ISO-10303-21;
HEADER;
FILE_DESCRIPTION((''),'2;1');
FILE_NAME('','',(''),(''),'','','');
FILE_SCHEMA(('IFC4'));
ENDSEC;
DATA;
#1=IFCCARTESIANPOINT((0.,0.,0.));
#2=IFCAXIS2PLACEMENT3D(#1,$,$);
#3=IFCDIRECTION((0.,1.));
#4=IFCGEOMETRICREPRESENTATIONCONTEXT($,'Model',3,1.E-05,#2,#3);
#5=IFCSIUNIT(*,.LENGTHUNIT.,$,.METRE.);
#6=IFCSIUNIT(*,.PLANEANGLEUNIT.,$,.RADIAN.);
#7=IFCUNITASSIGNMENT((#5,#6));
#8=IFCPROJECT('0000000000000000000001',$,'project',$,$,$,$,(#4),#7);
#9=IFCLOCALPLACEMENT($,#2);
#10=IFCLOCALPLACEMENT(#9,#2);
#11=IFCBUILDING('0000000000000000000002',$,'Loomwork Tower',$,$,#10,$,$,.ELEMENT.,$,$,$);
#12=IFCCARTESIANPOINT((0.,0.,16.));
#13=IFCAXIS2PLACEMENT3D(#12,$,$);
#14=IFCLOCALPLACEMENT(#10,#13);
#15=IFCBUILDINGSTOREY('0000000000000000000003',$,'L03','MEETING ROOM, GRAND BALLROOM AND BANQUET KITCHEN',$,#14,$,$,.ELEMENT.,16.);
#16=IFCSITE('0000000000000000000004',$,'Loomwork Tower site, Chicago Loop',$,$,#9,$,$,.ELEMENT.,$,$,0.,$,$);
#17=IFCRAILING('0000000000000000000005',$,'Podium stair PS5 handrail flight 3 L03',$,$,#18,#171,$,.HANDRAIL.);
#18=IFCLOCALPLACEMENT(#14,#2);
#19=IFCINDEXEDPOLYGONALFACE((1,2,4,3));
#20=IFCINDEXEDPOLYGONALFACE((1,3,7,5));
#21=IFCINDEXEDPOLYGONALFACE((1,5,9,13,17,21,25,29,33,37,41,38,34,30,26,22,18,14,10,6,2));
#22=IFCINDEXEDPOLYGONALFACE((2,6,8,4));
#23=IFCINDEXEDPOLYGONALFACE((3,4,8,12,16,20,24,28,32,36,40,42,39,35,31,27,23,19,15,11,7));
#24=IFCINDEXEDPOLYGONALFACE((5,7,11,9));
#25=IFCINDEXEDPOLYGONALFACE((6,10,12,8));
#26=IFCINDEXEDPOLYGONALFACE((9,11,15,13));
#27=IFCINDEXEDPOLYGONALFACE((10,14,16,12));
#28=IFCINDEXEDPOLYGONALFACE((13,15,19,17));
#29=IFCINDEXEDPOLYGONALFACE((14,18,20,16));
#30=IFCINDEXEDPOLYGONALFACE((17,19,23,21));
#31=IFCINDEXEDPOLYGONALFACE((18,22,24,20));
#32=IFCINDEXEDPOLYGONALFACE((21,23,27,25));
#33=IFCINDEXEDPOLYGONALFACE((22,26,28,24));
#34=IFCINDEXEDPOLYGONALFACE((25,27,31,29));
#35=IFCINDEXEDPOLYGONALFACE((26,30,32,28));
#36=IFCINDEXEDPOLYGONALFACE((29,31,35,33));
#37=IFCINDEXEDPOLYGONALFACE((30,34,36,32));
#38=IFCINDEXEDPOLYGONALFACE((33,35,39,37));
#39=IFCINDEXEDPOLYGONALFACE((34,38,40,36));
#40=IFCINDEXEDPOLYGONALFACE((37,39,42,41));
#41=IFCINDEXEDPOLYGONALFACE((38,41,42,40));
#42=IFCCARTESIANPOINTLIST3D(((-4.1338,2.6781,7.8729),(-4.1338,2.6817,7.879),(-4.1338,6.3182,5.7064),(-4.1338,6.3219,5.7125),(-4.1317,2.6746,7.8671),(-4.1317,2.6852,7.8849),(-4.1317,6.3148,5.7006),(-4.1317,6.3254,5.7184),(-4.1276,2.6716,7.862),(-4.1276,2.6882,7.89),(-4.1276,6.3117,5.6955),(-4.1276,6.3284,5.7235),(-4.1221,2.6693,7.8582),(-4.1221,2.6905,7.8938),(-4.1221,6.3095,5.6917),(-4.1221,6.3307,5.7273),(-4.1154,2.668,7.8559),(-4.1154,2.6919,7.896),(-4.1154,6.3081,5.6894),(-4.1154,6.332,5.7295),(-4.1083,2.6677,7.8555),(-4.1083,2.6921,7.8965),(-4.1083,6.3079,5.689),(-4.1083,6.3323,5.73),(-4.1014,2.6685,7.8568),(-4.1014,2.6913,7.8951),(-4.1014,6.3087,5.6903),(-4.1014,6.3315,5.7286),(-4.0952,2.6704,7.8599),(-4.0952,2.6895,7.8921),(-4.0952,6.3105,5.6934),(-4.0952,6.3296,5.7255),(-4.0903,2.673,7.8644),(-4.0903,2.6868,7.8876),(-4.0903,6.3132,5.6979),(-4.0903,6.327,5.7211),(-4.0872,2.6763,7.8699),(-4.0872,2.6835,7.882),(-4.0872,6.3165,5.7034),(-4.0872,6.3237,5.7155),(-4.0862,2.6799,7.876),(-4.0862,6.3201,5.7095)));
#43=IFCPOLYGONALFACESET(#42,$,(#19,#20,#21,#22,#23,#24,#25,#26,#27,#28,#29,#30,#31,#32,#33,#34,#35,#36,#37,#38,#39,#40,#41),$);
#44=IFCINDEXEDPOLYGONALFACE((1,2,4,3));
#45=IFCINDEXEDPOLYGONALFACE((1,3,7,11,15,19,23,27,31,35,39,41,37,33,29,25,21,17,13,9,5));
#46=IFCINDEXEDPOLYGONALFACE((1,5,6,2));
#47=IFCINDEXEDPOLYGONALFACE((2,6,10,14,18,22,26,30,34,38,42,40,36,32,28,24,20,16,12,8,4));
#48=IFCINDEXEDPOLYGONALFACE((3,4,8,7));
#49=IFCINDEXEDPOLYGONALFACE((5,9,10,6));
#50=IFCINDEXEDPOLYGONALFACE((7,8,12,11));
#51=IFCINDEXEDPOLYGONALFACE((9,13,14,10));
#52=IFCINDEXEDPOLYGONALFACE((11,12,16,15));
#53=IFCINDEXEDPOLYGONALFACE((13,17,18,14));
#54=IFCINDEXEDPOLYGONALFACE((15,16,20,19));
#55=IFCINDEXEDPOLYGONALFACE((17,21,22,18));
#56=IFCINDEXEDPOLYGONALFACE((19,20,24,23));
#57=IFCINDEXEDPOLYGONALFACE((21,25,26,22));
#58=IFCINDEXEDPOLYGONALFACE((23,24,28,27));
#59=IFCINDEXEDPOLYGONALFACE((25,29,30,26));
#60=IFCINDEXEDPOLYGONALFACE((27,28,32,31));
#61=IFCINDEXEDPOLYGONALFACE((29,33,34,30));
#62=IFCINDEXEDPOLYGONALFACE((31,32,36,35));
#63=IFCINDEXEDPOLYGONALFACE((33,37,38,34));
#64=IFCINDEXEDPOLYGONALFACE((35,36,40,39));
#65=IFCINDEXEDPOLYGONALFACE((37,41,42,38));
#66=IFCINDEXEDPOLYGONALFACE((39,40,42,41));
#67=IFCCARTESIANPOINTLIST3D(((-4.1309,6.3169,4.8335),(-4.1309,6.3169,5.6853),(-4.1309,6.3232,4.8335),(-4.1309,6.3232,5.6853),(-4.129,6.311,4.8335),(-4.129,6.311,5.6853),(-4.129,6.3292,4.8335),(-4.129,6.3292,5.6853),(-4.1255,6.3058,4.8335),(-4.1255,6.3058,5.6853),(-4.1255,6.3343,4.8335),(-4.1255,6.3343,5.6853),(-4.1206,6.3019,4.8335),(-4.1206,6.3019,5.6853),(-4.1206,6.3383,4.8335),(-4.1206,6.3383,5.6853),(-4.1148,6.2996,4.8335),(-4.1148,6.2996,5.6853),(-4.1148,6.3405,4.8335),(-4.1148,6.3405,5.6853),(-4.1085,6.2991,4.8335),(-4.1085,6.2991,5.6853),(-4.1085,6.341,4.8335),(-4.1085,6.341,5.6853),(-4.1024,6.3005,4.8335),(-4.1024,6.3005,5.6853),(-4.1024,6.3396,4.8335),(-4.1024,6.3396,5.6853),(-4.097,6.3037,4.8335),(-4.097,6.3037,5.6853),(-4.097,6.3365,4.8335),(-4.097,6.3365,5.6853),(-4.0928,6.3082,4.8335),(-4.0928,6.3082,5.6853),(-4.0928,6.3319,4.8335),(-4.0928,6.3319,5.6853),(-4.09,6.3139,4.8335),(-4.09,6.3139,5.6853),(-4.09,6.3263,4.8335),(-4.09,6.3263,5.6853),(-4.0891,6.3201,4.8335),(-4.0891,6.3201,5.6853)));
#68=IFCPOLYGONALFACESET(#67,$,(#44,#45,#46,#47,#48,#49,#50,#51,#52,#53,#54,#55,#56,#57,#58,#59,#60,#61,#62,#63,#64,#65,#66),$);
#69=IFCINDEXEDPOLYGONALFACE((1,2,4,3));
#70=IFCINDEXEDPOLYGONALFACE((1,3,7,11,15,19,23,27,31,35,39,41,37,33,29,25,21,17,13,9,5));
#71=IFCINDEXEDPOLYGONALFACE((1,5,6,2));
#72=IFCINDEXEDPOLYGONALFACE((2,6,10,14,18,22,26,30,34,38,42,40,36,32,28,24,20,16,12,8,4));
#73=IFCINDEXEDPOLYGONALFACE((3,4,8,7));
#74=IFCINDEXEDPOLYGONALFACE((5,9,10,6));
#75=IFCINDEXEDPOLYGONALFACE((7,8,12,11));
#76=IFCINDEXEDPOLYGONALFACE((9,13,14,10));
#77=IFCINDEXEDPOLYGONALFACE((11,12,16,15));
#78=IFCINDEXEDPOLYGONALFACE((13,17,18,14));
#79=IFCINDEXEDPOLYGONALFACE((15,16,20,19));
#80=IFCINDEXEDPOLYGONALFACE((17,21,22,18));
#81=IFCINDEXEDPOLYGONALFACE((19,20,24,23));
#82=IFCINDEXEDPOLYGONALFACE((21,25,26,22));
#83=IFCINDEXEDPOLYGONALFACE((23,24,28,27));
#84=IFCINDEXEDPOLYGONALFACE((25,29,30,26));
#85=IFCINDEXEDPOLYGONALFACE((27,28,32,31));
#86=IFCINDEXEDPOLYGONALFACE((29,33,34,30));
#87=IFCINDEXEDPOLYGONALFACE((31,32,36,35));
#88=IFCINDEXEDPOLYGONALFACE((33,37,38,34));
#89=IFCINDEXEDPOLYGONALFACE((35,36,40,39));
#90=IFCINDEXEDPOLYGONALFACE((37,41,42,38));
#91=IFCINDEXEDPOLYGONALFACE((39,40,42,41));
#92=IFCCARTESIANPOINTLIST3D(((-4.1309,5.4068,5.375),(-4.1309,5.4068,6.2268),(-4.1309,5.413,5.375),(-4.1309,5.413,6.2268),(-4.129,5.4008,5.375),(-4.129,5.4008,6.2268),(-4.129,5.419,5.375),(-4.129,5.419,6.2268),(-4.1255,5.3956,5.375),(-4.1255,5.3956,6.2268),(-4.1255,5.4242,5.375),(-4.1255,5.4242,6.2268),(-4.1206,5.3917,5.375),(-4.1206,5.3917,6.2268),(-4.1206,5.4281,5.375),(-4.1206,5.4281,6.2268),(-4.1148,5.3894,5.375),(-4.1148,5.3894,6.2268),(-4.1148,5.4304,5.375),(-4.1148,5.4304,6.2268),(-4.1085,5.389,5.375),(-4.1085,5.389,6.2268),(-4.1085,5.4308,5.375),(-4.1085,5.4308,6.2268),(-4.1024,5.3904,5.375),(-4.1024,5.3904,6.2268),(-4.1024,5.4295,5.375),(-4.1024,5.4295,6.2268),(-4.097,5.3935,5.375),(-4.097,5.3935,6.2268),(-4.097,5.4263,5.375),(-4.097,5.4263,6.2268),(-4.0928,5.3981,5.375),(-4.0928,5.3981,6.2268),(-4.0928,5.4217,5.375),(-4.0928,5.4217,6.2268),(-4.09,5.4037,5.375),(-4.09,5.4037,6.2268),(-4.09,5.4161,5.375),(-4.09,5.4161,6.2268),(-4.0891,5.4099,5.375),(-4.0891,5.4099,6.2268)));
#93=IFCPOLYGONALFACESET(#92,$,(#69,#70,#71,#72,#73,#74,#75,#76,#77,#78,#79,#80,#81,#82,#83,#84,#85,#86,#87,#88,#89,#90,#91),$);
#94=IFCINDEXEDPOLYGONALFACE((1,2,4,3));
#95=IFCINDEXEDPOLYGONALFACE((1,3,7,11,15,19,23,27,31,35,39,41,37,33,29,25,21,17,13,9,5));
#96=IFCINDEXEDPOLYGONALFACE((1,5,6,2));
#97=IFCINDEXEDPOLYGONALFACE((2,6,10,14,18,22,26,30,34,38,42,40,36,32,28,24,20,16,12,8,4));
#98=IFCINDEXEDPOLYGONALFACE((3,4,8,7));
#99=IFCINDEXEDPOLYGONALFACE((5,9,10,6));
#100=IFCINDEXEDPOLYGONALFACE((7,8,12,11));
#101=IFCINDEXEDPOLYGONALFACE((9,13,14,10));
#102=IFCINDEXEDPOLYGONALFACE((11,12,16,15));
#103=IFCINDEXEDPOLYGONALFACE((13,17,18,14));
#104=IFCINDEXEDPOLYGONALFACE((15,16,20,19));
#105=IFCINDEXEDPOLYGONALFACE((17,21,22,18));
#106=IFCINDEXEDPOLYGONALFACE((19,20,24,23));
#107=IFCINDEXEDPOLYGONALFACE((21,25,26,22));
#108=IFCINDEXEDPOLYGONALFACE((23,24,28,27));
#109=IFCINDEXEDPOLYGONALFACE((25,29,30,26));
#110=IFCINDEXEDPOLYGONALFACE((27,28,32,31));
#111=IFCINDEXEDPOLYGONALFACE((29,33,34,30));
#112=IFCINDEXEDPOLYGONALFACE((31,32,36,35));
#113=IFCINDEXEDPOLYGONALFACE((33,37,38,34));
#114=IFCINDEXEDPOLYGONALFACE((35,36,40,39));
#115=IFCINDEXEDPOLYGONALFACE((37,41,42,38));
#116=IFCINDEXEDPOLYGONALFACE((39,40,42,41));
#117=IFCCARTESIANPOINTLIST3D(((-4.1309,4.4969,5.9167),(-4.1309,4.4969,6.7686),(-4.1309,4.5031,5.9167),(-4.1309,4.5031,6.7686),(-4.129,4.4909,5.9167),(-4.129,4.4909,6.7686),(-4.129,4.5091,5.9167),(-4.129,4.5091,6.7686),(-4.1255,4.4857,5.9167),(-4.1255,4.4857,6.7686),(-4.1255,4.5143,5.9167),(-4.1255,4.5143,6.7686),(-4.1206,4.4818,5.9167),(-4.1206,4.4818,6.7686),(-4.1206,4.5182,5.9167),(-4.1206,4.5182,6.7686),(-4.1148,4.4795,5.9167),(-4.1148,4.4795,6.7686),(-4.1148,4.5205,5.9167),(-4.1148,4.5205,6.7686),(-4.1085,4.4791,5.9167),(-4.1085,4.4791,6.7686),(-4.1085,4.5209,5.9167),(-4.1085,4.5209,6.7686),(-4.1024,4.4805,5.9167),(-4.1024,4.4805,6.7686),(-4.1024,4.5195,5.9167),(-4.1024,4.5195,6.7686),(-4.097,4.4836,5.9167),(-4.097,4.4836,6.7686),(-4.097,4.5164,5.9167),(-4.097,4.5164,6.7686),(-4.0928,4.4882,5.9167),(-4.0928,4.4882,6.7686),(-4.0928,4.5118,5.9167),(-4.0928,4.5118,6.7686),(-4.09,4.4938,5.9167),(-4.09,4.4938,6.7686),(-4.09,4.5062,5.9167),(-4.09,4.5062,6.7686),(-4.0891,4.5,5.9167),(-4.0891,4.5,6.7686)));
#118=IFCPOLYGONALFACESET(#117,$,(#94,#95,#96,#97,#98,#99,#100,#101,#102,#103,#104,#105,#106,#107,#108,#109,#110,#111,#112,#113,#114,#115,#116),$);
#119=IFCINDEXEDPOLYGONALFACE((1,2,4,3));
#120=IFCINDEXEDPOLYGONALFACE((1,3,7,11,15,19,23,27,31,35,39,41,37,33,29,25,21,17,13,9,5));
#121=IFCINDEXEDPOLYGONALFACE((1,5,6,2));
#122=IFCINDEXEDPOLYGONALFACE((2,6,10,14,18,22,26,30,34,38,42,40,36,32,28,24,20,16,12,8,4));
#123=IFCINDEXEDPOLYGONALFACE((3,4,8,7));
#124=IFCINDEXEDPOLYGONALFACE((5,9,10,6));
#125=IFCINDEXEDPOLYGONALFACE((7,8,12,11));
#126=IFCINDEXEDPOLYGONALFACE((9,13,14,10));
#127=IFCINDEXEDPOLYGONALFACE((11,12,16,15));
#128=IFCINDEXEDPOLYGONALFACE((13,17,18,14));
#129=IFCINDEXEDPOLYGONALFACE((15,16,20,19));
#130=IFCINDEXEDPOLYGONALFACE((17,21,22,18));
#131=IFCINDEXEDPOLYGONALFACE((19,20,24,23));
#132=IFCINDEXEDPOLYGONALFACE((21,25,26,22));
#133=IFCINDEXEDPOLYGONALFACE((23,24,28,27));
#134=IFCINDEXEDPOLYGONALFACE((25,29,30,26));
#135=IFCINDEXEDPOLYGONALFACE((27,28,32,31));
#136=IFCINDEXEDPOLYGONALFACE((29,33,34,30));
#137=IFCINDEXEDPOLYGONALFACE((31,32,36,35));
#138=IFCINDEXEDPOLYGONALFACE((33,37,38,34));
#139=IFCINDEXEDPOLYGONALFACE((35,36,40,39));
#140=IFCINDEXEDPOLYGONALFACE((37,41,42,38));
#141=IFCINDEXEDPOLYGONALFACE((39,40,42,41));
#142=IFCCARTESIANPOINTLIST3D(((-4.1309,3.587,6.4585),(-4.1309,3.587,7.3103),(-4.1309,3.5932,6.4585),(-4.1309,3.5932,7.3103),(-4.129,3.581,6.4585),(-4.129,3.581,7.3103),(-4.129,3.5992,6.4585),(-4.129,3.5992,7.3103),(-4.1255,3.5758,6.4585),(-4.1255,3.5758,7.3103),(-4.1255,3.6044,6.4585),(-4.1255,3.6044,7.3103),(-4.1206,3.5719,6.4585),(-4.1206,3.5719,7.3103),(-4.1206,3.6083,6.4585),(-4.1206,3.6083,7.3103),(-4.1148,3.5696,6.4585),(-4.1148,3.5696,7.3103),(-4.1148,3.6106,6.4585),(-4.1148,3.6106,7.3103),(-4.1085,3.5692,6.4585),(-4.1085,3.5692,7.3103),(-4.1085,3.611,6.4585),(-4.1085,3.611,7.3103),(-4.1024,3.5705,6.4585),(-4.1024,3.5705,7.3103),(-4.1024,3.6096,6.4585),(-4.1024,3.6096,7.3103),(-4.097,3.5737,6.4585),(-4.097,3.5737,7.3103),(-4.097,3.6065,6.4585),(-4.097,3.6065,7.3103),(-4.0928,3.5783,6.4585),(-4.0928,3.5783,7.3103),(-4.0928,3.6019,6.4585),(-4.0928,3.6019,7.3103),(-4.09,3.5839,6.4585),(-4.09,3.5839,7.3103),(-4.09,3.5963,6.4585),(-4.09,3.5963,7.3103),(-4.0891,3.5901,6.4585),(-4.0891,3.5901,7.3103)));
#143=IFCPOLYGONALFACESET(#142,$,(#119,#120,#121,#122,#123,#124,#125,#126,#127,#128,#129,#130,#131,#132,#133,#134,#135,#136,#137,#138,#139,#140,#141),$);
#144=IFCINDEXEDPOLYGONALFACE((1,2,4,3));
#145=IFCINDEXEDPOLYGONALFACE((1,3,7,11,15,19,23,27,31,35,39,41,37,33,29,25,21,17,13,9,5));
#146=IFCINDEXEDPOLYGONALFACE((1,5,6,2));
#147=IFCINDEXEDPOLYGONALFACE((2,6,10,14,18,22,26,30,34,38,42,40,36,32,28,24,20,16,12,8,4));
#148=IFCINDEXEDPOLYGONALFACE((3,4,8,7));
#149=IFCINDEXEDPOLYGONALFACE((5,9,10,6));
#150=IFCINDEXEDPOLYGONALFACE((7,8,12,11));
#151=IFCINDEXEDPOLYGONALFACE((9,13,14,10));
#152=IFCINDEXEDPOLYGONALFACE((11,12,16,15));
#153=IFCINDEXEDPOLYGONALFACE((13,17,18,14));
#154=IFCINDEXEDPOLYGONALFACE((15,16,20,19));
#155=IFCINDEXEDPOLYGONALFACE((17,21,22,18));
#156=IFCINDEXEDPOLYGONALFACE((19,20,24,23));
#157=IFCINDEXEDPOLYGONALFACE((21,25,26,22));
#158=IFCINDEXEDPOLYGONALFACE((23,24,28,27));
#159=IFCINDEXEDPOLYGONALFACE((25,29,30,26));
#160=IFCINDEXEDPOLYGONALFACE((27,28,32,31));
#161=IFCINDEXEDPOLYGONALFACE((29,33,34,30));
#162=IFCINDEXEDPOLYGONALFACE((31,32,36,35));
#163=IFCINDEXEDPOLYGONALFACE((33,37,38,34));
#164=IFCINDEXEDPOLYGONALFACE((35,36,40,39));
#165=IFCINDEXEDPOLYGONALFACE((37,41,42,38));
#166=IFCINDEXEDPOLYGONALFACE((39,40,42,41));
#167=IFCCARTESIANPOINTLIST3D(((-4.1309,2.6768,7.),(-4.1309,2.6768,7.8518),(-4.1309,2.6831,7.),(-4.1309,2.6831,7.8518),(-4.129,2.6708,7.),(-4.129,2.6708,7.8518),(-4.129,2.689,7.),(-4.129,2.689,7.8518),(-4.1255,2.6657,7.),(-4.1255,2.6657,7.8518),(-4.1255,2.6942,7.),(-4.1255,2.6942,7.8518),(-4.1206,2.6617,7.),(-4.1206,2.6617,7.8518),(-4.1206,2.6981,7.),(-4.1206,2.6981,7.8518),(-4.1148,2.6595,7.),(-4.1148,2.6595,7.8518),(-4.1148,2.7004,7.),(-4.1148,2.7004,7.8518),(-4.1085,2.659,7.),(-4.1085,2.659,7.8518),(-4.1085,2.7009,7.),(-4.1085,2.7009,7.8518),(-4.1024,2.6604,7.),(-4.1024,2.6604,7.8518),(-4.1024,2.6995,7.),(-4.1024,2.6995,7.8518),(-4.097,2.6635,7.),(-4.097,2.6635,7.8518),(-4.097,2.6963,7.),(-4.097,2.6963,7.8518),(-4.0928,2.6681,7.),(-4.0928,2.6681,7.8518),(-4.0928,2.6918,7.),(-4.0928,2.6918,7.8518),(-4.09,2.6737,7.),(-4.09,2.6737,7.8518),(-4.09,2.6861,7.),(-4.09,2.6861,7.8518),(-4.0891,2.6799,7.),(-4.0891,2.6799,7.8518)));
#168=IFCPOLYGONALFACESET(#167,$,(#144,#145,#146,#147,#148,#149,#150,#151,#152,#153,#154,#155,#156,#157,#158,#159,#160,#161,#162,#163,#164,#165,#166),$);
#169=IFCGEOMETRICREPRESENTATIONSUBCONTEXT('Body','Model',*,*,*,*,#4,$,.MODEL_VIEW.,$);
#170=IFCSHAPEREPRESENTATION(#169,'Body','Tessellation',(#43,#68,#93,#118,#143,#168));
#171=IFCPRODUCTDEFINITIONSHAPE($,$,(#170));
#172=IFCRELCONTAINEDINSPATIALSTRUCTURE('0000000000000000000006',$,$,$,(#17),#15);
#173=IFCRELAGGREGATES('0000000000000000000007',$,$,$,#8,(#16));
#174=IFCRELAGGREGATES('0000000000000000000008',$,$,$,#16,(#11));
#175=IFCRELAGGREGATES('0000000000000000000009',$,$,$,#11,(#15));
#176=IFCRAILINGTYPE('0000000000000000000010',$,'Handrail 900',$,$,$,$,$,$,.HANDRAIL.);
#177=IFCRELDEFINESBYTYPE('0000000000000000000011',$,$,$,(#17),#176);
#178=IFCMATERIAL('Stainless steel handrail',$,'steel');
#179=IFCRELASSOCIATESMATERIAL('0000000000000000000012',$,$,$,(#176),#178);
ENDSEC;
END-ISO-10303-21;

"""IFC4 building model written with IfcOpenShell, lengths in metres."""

from ifc_helpers import new_model, si_unit, direction, frame, origin, origin_2d, place, context, subcontext, project, spatial, circle, extrude, material, type_object, element, save


model = new_model("IFC4")

# Units and contexts
model_context = context("Model", 3, precision=1e-05, world=origin(), true_north=direction((0.0, 1.0)))
body_context = subcontext(model_context, "Body", "Model", "MODEL_VIEW")
ifc_project = project(units=[si_unit("LENGTHUNIT", "METRE"), si_unit("PLANEANGLEUNIT", "RADIAN")], contexts=[model_context])

# Site, building, storey
site_placement = place(None, origin())
site = spatial("IfcSite", under=ifc_project, at=site_placement, Name="Loomwork Tower site, Chicago Loop", CompositionType="ELEMENT", RefElevation=0.0)
building_placement = place(site_placement, origin())
building = spatial("IfcBuilding", under=site, at=building_placement, Name="Loomwork Tower", CompositionType="ELEMENT")
storey_placement = place(building_placement, frame((0.0, 0.0, 16.0)))
storey = spatial("IfcBuildingStorey", under=building, at=storey_placement, Name="L03", Description="MEETING ROOM, GRAND BALLROOM AND BANQUET KITCHEN", CompositionType="ELEMENT", Elevation=16.0)

# Railing
ifc_material_1 = material(Name="Stainless steel handrail", Category="steel")
railing_type = type_object("IfcRailingType", Name="Handrail 900", PredefinedType="HANDRAIL", material=ifc_material_1)
railing_placement = place(storey_placement, frame((-4.1101, 6.3201, 4.8335)))
element("IfcRailing", 1, at=railing_placement, inside=storey, type_object=railing_type, Name="Podium stair PS5 handrail flight 3 L03", PredefinedType="HANDRAIL", context=body_context, shape_type="SweptSolid", body=[
    extrude(circle(Radius=0.0239, at=origin_2d()), frame((0.0, 0.0, 0.876), z_axis=(0.0, -0.859318, 0.511441), x_axis=(1.0, 0.0, 0.0)), (0.0, 0.0, 1.0), 4.2361),
    extrude(circle(Radius=0.021, at=origin_2d()), origin(), (0.0, 0.0, 1.0), 0.8518),
    extrude(circle(Radius=0.021, at=origin_2d()), frame((0.0, -0.9102, 0.5415)), (0.0, 0.0, 1.0), 0.8518),
    extrude(circle(Radius=0.021, at=origin_2d()), frame((0.0, -1.8201, 1.0833)), (0.0, 0.0, 1.0), 0.8518),
    extrude(circle(Radius=0.021, at=origin_2d()), frame((0.0, -2.73, 1.625)), (0.0, 0.0, 1.0), 0.8518),
    extrude(circle(Radius=0.021, at=origin_2d()), frame((0.0, -3.6401, 2.1665)), (0.0, 0.0, 1.0), 0.8518),
])

save(model, "model.ifc")
